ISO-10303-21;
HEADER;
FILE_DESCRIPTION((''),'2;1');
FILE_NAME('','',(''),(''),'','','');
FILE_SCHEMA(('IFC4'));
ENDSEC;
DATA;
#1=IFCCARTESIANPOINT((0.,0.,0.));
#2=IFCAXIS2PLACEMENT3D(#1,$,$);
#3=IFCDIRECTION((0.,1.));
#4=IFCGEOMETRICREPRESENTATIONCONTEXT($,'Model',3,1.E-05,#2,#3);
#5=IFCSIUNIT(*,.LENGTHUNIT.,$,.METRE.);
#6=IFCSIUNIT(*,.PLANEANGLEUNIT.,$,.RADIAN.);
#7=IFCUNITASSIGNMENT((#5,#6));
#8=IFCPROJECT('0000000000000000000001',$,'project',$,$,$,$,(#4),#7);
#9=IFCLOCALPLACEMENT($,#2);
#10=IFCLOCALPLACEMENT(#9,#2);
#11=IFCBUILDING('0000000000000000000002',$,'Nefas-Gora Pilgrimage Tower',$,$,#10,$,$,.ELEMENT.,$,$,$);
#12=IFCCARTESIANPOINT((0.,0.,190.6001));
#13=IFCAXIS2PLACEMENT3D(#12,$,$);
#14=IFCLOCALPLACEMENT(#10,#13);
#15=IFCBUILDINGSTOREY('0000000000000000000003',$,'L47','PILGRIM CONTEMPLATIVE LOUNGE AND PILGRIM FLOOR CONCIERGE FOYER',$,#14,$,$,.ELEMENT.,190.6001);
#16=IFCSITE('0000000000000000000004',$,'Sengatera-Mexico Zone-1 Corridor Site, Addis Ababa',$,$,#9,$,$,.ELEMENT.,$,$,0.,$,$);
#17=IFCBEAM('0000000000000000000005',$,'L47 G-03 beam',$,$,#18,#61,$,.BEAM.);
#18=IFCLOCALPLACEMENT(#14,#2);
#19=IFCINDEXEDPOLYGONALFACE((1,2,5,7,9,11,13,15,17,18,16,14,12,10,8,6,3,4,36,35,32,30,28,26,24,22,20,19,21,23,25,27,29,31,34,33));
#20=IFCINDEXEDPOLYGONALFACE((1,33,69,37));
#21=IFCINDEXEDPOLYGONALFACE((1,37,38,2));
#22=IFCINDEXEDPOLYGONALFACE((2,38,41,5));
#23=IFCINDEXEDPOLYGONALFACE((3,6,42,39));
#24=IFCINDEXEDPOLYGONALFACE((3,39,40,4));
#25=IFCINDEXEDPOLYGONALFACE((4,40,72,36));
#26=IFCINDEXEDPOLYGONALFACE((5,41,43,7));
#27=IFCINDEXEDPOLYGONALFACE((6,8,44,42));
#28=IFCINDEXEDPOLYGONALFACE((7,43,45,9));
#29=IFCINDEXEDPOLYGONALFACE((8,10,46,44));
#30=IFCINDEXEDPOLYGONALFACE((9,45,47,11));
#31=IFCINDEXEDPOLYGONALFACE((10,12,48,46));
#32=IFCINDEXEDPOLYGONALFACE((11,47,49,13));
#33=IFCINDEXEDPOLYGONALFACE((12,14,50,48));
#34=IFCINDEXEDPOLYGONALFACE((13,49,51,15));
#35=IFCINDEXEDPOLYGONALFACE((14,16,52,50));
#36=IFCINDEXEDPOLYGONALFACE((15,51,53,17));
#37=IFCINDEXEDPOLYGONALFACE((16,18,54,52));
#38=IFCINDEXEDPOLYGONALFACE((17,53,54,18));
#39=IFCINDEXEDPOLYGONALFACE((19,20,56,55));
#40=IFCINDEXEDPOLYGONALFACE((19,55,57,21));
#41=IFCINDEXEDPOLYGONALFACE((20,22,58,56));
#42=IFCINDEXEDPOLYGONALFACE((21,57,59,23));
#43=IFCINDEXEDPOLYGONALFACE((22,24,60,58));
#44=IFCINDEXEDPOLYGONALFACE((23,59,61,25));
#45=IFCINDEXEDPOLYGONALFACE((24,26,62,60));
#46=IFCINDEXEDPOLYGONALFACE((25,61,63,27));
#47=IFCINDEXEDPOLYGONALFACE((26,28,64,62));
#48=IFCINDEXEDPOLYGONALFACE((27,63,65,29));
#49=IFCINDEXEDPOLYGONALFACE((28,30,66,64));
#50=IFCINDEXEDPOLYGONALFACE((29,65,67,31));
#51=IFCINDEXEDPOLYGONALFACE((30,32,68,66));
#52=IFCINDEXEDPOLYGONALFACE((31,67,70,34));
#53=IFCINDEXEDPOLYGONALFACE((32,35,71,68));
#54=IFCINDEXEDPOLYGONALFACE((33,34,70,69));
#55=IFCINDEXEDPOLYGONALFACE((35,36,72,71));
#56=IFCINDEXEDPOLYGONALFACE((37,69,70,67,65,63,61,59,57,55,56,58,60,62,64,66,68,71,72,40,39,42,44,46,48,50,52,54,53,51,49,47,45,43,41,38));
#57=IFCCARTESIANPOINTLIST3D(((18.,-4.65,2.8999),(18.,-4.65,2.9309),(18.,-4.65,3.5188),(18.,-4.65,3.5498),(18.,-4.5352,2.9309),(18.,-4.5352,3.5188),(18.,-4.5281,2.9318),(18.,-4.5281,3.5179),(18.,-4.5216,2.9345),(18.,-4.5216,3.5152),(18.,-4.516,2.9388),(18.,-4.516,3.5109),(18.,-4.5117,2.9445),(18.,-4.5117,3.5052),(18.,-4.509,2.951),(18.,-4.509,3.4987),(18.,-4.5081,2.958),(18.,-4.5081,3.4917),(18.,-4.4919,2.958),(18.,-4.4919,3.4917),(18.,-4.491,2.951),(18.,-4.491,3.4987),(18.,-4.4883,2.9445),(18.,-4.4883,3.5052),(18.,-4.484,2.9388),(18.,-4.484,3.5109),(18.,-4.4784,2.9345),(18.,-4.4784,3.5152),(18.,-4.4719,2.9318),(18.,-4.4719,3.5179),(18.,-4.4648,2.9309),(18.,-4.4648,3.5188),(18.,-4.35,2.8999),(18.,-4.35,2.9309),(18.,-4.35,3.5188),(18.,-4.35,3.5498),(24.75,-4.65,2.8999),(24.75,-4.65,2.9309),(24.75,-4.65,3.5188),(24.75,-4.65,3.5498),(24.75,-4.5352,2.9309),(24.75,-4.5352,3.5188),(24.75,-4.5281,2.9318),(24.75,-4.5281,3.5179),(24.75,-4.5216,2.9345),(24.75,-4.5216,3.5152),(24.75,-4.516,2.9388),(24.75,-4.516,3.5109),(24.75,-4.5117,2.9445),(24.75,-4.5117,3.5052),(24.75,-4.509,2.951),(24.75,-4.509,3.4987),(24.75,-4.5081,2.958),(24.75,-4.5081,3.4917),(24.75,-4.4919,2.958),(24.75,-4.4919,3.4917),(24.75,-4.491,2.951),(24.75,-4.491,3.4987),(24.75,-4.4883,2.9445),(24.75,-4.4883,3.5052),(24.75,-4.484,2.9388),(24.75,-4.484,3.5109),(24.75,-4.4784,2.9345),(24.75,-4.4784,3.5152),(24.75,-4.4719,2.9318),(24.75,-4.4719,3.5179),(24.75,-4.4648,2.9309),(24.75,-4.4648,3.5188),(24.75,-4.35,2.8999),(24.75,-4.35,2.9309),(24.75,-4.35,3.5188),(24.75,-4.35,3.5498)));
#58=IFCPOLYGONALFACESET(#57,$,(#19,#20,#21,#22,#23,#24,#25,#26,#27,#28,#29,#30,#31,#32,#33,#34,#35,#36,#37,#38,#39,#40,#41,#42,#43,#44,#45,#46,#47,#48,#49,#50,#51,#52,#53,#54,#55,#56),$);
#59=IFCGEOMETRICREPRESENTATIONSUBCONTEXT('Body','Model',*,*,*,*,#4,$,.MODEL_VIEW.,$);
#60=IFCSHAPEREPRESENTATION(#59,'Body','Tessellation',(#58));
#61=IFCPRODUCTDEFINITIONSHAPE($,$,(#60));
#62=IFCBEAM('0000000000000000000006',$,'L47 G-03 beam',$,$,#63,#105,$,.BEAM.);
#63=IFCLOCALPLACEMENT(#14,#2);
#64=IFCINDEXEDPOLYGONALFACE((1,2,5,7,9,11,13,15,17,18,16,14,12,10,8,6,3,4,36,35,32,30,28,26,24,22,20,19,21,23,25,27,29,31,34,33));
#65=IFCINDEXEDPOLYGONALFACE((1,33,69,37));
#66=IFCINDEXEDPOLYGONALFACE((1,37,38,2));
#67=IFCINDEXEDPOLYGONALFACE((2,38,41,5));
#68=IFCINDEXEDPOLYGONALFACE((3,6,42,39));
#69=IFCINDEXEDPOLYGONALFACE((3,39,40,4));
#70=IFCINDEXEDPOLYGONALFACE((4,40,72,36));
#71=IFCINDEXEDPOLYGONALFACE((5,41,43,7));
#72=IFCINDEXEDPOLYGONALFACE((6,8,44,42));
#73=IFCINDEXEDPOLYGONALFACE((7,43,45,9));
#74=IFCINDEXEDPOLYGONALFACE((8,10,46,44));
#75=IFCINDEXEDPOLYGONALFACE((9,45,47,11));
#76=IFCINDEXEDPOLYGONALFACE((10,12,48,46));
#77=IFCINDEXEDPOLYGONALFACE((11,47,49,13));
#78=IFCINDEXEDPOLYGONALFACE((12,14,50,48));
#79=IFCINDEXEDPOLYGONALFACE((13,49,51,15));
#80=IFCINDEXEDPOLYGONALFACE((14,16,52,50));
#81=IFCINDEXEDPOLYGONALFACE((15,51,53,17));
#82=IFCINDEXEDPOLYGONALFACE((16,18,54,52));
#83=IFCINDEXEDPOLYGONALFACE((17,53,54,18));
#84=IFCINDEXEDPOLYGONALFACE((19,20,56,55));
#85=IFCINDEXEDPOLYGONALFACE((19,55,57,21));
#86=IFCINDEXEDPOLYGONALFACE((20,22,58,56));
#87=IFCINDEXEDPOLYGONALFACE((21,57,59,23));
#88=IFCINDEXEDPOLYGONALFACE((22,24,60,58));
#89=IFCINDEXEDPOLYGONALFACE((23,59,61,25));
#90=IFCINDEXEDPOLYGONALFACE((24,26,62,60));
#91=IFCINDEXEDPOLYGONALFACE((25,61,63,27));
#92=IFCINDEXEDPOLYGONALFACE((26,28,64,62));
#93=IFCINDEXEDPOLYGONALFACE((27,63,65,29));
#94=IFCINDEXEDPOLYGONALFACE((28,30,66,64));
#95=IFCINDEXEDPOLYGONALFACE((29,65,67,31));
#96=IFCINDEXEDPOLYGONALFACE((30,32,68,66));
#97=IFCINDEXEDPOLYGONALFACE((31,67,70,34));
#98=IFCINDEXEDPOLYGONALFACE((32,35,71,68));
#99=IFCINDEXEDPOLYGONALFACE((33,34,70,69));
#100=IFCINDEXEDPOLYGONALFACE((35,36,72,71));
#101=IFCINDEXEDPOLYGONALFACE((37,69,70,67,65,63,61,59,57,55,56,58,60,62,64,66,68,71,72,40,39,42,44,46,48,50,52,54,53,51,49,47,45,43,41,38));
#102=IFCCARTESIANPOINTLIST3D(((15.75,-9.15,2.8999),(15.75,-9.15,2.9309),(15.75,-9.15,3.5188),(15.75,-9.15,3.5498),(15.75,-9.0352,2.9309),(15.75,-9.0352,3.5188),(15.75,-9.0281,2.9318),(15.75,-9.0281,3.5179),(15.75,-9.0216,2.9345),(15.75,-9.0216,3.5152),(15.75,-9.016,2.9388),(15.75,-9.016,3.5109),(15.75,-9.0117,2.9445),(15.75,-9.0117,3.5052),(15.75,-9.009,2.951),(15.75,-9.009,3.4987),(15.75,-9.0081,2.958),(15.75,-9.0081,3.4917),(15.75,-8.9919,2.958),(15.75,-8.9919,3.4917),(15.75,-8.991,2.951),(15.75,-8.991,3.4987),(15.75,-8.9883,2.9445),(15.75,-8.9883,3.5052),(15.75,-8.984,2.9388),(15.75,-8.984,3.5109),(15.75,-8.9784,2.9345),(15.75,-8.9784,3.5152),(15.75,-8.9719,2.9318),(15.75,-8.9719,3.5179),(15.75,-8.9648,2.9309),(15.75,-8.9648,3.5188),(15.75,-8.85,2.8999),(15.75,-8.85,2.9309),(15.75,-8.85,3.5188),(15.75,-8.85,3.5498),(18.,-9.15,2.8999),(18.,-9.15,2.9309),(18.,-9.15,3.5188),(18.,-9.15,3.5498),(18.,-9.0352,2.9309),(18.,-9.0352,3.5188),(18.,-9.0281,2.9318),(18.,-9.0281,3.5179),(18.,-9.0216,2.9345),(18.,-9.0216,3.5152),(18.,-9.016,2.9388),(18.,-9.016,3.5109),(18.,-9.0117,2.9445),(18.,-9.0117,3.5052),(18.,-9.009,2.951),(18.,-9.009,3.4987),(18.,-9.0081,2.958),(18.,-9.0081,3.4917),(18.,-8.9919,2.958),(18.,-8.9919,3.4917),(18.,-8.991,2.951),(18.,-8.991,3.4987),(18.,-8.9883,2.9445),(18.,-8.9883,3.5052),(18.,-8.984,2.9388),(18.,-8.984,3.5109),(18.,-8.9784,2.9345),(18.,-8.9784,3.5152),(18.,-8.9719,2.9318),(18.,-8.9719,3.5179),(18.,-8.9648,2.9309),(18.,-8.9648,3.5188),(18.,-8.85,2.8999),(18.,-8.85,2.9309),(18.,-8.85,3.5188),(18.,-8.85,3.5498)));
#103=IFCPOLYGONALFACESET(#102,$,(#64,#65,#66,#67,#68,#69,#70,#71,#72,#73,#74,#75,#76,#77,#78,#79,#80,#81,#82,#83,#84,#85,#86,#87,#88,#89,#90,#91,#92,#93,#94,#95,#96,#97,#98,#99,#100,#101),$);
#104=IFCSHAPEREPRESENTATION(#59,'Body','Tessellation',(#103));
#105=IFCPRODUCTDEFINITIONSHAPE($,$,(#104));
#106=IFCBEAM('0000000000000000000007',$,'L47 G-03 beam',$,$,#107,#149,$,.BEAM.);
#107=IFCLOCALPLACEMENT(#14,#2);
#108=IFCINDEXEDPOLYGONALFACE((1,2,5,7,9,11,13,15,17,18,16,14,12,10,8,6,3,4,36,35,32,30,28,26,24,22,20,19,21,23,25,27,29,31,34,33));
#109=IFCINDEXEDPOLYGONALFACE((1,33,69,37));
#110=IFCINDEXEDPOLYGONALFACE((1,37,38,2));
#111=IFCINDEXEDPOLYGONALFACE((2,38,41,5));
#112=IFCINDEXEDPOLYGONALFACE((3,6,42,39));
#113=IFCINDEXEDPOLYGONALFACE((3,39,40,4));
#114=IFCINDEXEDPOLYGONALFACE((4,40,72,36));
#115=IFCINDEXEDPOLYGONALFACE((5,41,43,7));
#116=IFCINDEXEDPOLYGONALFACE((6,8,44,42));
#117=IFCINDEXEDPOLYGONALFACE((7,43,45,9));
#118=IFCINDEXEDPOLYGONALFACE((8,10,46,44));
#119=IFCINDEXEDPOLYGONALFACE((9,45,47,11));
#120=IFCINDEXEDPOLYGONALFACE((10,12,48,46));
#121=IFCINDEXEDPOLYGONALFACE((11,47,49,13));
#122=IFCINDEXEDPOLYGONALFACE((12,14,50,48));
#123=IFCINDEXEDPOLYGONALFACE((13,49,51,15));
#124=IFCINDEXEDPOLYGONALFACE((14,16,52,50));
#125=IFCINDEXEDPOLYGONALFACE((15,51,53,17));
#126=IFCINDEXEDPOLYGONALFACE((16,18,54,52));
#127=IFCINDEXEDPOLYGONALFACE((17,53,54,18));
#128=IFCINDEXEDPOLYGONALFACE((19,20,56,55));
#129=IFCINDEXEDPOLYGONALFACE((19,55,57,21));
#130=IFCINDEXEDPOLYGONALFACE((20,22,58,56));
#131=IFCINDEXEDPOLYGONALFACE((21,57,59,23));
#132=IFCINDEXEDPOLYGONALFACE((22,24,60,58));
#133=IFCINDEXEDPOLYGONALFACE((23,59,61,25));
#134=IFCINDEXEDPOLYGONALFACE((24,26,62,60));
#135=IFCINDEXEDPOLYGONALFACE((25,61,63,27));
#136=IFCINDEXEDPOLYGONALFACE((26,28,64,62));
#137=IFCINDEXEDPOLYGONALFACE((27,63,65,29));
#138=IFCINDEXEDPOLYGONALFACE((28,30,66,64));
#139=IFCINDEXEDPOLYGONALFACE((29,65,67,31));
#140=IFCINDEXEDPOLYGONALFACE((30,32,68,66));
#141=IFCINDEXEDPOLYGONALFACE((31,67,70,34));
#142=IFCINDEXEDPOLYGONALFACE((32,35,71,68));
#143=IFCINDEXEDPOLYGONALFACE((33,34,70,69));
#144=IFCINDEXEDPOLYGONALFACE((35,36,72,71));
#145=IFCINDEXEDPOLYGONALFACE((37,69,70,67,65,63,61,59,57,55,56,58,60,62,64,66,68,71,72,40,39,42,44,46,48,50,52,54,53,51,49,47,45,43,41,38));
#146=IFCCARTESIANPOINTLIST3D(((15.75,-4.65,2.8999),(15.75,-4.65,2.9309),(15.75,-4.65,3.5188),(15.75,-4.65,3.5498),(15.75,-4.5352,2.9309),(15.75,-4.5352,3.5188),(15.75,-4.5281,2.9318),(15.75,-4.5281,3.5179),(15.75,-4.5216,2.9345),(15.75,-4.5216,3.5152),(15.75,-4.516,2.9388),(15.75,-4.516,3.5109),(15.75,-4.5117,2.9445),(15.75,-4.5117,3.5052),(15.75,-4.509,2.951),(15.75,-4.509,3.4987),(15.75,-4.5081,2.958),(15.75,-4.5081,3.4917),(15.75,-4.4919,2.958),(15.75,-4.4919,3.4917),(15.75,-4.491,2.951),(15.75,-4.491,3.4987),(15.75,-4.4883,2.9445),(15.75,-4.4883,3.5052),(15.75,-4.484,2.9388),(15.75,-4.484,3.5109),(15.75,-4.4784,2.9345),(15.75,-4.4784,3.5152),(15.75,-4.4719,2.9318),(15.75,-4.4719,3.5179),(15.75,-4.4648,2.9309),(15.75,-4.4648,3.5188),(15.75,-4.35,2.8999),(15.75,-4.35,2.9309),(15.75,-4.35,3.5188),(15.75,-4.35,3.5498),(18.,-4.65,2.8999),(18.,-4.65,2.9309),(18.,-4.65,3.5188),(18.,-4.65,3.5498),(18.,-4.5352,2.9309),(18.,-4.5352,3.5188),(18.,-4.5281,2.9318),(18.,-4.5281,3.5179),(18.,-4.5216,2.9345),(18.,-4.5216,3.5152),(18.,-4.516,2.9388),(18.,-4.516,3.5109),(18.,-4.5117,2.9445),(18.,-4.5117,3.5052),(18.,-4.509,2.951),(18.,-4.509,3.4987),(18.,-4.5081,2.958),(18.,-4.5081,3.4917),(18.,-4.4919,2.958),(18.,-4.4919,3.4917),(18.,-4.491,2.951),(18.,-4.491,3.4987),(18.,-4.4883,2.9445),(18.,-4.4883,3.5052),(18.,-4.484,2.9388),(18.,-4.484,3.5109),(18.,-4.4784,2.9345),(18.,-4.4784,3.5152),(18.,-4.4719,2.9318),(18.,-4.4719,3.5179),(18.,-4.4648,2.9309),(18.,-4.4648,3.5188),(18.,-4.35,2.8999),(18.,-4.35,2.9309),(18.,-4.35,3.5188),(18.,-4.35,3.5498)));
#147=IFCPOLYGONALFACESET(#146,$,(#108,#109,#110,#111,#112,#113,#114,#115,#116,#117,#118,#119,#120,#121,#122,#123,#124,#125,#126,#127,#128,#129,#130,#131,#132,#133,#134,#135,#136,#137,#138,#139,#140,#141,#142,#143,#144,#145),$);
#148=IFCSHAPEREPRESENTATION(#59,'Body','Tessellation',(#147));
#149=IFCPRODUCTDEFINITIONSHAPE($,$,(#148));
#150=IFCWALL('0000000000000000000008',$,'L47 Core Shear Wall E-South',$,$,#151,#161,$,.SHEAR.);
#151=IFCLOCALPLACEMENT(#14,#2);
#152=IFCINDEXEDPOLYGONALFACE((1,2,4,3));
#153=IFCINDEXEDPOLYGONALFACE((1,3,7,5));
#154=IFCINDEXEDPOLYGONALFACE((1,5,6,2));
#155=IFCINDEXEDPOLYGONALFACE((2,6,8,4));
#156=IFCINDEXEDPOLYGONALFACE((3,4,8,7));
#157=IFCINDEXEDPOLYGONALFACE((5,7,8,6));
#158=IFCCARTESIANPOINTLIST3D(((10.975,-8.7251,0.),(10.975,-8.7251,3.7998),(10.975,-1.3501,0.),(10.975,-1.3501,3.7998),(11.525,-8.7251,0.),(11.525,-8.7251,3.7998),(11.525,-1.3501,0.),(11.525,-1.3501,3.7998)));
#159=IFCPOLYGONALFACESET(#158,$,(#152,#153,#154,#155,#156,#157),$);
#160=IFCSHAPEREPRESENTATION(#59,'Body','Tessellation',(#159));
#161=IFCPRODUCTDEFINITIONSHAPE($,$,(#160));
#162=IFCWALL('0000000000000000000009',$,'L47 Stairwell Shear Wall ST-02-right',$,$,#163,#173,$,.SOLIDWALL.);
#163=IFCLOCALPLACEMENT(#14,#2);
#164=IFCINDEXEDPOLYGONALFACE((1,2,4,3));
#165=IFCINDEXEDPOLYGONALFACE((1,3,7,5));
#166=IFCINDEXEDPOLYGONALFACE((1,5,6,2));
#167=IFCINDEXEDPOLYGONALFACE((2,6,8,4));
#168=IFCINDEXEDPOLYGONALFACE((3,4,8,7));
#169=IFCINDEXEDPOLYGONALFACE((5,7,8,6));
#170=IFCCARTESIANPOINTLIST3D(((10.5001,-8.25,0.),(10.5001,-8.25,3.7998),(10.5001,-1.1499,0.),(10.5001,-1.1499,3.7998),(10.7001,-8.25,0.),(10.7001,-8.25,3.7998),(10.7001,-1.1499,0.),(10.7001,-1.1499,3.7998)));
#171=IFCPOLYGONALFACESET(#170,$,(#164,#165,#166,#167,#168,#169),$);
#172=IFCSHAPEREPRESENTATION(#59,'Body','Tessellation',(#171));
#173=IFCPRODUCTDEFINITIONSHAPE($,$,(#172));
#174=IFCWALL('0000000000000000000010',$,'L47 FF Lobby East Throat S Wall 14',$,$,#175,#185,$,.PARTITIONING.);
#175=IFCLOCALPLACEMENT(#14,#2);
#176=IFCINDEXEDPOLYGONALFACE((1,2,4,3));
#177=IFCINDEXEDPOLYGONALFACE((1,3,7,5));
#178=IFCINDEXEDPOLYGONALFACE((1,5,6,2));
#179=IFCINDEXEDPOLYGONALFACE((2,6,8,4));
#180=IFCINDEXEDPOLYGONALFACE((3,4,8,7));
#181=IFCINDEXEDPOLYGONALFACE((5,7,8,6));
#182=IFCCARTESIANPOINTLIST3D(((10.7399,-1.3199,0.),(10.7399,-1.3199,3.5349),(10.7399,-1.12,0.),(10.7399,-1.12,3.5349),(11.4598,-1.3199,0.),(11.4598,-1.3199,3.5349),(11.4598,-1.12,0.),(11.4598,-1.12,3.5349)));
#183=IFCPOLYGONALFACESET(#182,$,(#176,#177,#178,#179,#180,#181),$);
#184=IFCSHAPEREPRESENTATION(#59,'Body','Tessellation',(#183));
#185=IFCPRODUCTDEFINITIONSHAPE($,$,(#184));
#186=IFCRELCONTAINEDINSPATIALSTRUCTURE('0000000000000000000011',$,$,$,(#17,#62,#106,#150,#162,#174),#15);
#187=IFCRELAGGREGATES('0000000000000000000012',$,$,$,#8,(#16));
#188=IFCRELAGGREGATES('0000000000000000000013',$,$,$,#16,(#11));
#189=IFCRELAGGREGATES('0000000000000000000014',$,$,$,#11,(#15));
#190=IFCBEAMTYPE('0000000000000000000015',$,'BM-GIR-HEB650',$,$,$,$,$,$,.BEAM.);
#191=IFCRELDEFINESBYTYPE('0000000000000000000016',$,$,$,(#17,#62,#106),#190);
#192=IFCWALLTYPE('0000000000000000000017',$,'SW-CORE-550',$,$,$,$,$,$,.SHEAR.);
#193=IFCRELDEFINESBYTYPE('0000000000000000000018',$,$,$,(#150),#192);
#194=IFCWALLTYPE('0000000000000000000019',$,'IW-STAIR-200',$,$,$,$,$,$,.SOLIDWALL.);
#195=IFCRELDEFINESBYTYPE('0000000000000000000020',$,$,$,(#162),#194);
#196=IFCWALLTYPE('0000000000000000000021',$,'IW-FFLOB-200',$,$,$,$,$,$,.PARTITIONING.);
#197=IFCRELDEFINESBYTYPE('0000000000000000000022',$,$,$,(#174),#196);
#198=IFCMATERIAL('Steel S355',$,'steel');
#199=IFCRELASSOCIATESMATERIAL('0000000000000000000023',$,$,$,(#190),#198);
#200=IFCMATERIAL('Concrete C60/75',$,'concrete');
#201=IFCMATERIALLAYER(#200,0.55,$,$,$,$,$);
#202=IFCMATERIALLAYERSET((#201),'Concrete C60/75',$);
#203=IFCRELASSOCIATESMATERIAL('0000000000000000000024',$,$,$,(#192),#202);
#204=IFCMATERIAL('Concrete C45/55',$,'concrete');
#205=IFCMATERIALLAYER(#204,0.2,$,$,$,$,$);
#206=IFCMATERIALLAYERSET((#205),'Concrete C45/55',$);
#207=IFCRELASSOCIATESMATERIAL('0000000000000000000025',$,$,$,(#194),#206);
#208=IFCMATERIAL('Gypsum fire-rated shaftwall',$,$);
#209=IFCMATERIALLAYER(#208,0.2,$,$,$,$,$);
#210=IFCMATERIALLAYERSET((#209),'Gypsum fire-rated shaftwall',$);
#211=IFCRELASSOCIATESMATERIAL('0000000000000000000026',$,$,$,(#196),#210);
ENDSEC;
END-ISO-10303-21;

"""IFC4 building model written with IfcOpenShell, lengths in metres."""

from ifc_helpers import new_model, si_unit, direction, frame, frame_2d, origin, origin_2d, place, context, subcontext, project, spatial, rectangle, i_section, extrude, source, transform, mapped, material, layer, layer_set, material_profile, profile_set, type_object, element, save


model = new_model("IFC4")

# Units and contexts
model_context = context("Model", 3, precision=1e-05, world=origin(), true_north=direction((0.0, 1.0)))
body_context = subcontext(model_context, "Body", "Model", "MODEL_VIEW")
ifc_project = project(units=[si_unit("LENGTHUNIT", "METRE"), si_unit("PLANEANGLEUNIT", "RADIAN")], contexts=[model_context])

# Site, building, storey
site_placement = place(None, origin())
site = spatial("IfcSite", under=ifc_project, at=site_placement, Name="Sengatera-Mexico Zone-1 Corridor Site, Addis Ababa", CompositionType="ELEMENT", RefElevation=0.0)
building_placement = place(site_placement, origin())
building = spatial("IfcBuilding", under=site, at=building_placement, Name="Nefas-Gora Pilgrimage Tower", CompositionType="ELEMENT")
storey_placement = place(building_placement, frame((0.0, 0.0, 190.6001)))
storey = spatial("IfcBuildingStorey", under=building, at=storey_placement, Name="L47", Description="PILGRIM CONTEMPLATIVE LOUNGE AND PILGRIM FLOOR CONCIERGE FOYER", CompositionType="ELEMENT", Elevation=190.6001)

# Beams
ifc_material_1 = material(Name="Concrete C60/75", Category="concrete")
ifc_material_2 = material(Name="Steel S355", Category="steel")
ifc_material_profile_1 = material_profile(ifc_material_2, i_section(OverallWidth=0.3, OverallDepth=0.6499, WebThickness=0.0161, FlangeThickness=0.031, FilletRadius=0.0271, at=origin_2d()), Name="HEB 650")
ifc_profile_set_1 = profile_set([ifc_material_profile_1], Name="Steel S355")
beam_type_1 = type_object("IfcBeamType", Name="BM-GIR-HEB650", PredefinedType="BEAM", material=ifc_profile_set_1)
shared_shape_1 = source(origin(), body_context, "Body", "SweptSolid", [
    extrude(i_section(OverallWidth=0.3, OverallDepth=0.6499, WebThickness=0.0161, FlangeThickness=0.031, FilletRadius=0.0271, at=origin_2d()), origin(), (0.0, 0.0, 1.0), 6.75),
])
for number, where, z_axis, x_axis, name in (
    (1, (18.0, -4.5, 3.2249), (1.0, 0.0, 0.0), (0.0, 1.0, 0.0), "L47 G-03 beam"),
):
    element("IfcBeam", number, at=place(storey_placement, frame(where, z_axis=z_axis, x_axis=x_axis)), inside=storey, type_object=beam_type_1, Name=name, PredefinedType="BEAM", context=body_context, shape_type="MappedRepresentation", body=[
        mapped(shared_shape_1, transform((0.0, 0.0, 0.0), x_axis=(1.0, 0.0, 0.0), y_axis=(0.0, 1.0, 0.0), z_axis=(0.0, 0.0, 1.0), scale=1.0)),
    ])
shared_shape_2 = source(origin(), body_context, "Body", "SweptSolid", [
    extrude(i_section(OverallWidth=0.3, OverallDepth=0.6499, WebThickness=0.0161, FlangeThickness=0.031, FilletRadius=0.0271, at=origin_2d()), origin(), (0.0, 0.0, 1.0), 2.25),
])
for number, where, z_axis, x_axis, name in (
    (2, (15.75, -9.0, 3.2249), (1.0, 0.0, 0.0), (0.0, 1.0, 0.0), "L47 G-03 beam"),
    (3, (15.75, -4.5, 3.2249), (1.0, 0.0, 0.0), (0.0, 1.0, 0.0), "L47 G-03 beam"),
):
    element("IfcBeam", number, at=place(storey_placement, frame(where, z_axis=z_axis, x_axis=x_axis)), inside=storey, type_object=beam_type_1, Name=name, PredefinedType="BEAM", context=body_context, shape_type="MappedRepresentation", body=[
        mapped(shared_shape_2, transform((0.0, 0.0, 0.0), x_axis=(1.0, 0.0, 0.0), y_axis=(0.0, 1.0, 0.0), z_axis=(0.0, 0.0, 1.0), scale=1.0)),
    ])

# Walls
ifc_layer_1 = layer(ifc_material_1, 0.55)
ifc_layer_set_1 = layer_set([ifc_layer_1], Name="Concrete C60/75")
wall_type_1 = type_object("IfcWallType", Name="SW-CORE-550", PredefinedType="SHEAR", material=ifc_layer_set_1)
shared_shape_3 = source(origin(), body_context, "Body", "SweptSolid", [
    extrude(rectangle(XDim=7.375, YDim=0.55, at=frame_2d((3.6875, 0.0))), origin(), (0.0, 0.0, 1.0), 3.7998),
])
wall_1_placement = place(storey_placement, frame((11.25, -8.7251, 0.0), z_axis=(0.0, 0.0, 1.0), x_axis=(0.0, 1.0, 0.0)))
element("IfcWall", 4, at=wall_1_placement, inside=storey, type_object=wall_type_1, Name="L47 Core Shear Wall E-South", PredefinedType="SHEAR", context=body_context, shape_type="MappedRepresentation", body=[
    mapped(shared_shape_3, transform((0.0, 0.0, 0.0), x_axis=(1.0, 0.0, 0.0), y_axis=(0.0, 1.0, 0.0), z_axis=(0.0, 0.0, 1.0), scale=1.0)),
])
ifc_material_3 = material(Name="Concrete C45/55", Category="concrete")
ifc_layer_2 = layer(ifc_material_3, 0.2)
ifc_layer_set_2 = layer_set([ifc_layer_2], Name="Concrete C45/55")
wall_type_2 = type_object("IfcWallType", Name="IW-STAIR-200", PredefinedType="SOLIDWALL", material=ifc_layer_set_2)
shared_shape_4 = source(origin(), body_context, "Body", "SweptSolid", [
    extrude(rectangle(XDim=7.1001, YDim=0.2, at=frame_2d((3.55, 0.0))), origin(), (0.0, 0.0, 1.0), 3.7998),
])
wall_2_placement = place(storey_placement, frame((10.6001, -1.1499, 0.0), z_axis=(0.0, 0.0, 1.0), x_axis=(0.0, -1.0, 0.0)))
element("IfcWall", 5, at=wall_2_placement, inside=storey, type_object=wall_type_2, Name="L47 Stairwell Shear Wall ST-02-right", PredefinedType="SOLIDWALL", context=body_context, shape_type="MappedRepresentation", body=[
    mapped(shared_shape_4, transform((0.0, 0.0, 0.0), x_axis=(1.0, 0.0, 0.0), y_axis=(0.0, 1.0, 0.0), z_axis=(0.0, 0.0, 1.0), scale=1.0)),
])
ifc_material_4 = material(Name="Gypsum fire-rated shaftwall")
ifc_layer_3 = layer(ifc_material_4, 0.2)
ifc_layer_set_3 = layer_set([ifc_layer_3], Name="Gypsum fire-rated shaftwall")
wall_type_3 = type_object("IfcWallType", Name="IW-FFLOB-200", PredefinedType="PARTITIONING", material=ifc_layer_set_3)
shared_shape_5 = source(origin(), body_context, "Body", "SweptSolid", [
    extrude(rectangle(XDim=0.72, YDim=0.2, at=frame_2d((0.3599, 0.0))), origin(), (0.0, 0.0, 1.0), 3.5349),
])
wall_3_placement = place(storey_placement, frame((10.74, -1.22, 0.0), z_axis=(0.0, 0.0, 1.0), x_axis=(1.0, 0.0, 0.0)))
element("IfcWall", 6, at=wall_3_placement, inside=storey, type_object=wall_type_3, Name="L47 FF Lobby East Throat S Wall 14", PredefinedType="PARTITIONING", context=body_context, shape_type="MappedRepresentation", body=[
    mapped(shared_shape_5, transform((0.0, 0.0, 0.0), x_axis=(1.0, 0.0, 0.0), y_axis=(0.0, 1.0, 0.0), z_axis=(0.0, 0.0, 1.0), scale=1.0)),
])

save(model, "model.ifc")
